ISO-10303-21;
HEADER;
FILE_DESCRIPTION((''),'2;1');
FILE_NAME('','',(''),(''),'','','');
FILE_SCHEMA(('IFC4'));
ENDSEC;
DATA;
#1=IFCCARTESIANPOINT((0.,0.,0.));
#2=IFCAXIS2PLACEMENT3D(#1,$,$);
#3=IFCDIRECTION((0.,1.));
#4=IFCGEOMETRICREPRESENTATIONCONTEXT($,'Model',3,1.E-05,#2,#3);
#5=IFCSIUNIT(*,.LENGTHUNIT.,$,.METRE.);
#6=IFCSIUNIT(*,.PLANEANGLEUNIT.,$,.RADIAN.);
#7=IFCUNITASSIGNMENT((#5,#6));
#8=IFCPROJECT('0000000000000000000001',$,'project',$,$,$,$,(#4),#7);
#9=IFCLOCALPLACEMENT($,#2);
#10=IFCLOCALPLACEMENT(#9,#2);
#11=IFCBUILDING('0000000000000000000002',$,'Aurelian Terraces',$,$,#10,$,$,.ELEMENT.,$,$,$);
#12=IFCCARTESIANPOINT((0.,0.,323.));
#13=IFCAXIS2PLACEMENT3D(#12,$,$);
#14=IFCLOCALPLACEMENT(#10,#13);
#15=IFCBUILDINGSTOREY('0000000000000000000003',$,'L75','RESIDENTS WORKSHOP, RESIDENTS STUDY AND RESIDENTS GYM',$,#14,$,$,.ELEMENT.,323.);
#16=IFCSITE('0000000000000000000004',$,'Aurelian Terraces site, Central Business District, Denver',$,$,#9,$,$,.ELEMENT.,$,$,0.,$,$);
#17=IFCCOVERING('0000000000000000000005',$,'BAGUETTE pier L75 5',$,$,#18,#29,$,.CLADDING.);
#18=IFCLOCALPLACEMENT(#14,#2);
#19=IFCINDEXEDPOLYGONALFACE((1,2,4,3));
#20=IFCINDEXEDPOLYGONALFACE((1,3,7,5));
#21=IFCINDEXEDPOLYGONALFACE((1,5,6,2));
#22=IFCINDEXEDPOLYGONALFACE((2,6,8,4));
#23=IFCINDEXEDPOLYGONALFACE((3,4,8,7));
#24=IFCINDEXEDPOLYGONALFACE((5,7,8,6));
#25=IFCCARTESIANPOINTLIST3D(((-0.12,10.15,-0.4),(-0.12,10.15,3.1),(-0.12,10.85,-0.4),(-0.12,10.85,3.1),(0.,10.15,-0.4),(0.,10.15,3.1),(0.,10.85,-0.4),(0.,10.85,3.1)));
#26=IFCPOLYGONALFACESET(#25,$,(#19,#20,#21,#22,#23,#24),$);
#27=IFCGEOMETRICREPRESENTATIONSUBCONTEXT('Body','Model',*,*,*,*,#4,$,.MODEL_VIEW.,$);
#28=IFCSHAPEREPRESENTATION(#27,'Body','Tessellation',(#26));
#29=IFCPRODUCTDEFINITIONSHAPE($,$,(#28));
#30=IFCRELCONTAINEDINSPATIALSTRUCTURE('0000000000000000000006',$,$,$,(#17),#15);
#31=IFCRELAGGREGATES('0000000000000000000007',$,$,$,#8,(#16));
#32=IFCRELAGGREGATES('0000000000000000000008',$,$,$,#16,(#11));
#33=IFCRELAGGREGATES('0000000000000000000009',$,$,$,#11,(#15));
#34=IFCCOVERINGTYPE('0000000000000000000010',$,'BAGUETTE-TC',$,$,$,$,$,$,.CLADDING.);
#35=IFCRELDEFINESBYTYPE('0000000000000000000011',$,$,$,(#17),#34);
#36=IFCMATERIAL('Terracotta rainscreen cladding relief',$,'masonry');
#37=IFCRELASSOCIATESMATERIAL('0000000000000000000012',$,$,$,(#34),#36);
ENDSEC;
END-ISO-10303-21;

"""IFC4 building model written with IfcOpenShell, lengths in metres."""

from ifc_helpers import new_model, si_unit, direction, frame, origin, origin_2d, place, context, subcontext, project, spatial, rectangle, extrude, source, transform, mapped, material, type_object, element, save


model = new_model("IFC4")

# Units and contexts
model_context = context("Model", 3, precision=1e-05, world=origin(), true_north=direction((0.0, 1.0)))
body_context = subcontext(model_context, "Body", "Model", "MODEL_VIEW")
ifc_project = project(units=[si_unit("LENGTHUNIT", "METRE"), si_unit("PLANEANGLEUNIT", "RADIAN")], contexts=[model_context])

# Site, building, storey
site_placement = place(None, origin())
site = spatial("IfcSite", under=ifc_project, at=site_placement, Name="Aurelian Terraces site, Central Business District, Denver", CompositionType="ELEMENT", RefElevation=0.0)
building_placement = place(site_placement, origin())
building = spatial("IfcBuilding", under=site, at=building_placement, Name="Aurelian Terraces", CompositionType="ELEMENT")
storey_placement = place(building_placement, frame((0.0, 0.0, 323.0)))
storey = spatial("IfcBuildingStorey", under=building, at=storey_placement, Name="L75", Description="RESIDENTS WORKSHOP, RESIDENTS STUDY AND RESIDENTS GYM", CompositionType="ELEMENT", Elevation=323.0)

# Covering
ifc_material_1 = material(Name="Terracotta rainscreen cladding relief", Category="masonry")
covering_type = type_object("IfcCoveringType", Name="BAGUETTE-TC", PredefinedType="CLADDING", material=ifc_material_1)
shared_shape_1 = source(origin(), body_context, "Body", "SweptSolid", [
    extrude(rectangle(XDim=0.12, YDim=0.7, at=origin_2d()), origin(), (0.0, 0.0, 1.0), 3.5),
])
covering_placement = place(storey_placement, frame((-0.06, 10.5, -0.4), z_axis=(0.0, 0.0, 1.0), x_axis=(1.0, 0.0, 0.0)))
element("IfcCovering", 1, at=covering_placement, inside=storey, type_object=covering_type, Name="BAGUETTE pier L75 5", PredefinedType="CLADDING", context=body_context, shape_type="MappedRepresentation", body=[
    mapped(shared_shape_1, transform((0.0, 0.0, 0.0), scale=1.0)),
])

save(model, "model.ifc")
